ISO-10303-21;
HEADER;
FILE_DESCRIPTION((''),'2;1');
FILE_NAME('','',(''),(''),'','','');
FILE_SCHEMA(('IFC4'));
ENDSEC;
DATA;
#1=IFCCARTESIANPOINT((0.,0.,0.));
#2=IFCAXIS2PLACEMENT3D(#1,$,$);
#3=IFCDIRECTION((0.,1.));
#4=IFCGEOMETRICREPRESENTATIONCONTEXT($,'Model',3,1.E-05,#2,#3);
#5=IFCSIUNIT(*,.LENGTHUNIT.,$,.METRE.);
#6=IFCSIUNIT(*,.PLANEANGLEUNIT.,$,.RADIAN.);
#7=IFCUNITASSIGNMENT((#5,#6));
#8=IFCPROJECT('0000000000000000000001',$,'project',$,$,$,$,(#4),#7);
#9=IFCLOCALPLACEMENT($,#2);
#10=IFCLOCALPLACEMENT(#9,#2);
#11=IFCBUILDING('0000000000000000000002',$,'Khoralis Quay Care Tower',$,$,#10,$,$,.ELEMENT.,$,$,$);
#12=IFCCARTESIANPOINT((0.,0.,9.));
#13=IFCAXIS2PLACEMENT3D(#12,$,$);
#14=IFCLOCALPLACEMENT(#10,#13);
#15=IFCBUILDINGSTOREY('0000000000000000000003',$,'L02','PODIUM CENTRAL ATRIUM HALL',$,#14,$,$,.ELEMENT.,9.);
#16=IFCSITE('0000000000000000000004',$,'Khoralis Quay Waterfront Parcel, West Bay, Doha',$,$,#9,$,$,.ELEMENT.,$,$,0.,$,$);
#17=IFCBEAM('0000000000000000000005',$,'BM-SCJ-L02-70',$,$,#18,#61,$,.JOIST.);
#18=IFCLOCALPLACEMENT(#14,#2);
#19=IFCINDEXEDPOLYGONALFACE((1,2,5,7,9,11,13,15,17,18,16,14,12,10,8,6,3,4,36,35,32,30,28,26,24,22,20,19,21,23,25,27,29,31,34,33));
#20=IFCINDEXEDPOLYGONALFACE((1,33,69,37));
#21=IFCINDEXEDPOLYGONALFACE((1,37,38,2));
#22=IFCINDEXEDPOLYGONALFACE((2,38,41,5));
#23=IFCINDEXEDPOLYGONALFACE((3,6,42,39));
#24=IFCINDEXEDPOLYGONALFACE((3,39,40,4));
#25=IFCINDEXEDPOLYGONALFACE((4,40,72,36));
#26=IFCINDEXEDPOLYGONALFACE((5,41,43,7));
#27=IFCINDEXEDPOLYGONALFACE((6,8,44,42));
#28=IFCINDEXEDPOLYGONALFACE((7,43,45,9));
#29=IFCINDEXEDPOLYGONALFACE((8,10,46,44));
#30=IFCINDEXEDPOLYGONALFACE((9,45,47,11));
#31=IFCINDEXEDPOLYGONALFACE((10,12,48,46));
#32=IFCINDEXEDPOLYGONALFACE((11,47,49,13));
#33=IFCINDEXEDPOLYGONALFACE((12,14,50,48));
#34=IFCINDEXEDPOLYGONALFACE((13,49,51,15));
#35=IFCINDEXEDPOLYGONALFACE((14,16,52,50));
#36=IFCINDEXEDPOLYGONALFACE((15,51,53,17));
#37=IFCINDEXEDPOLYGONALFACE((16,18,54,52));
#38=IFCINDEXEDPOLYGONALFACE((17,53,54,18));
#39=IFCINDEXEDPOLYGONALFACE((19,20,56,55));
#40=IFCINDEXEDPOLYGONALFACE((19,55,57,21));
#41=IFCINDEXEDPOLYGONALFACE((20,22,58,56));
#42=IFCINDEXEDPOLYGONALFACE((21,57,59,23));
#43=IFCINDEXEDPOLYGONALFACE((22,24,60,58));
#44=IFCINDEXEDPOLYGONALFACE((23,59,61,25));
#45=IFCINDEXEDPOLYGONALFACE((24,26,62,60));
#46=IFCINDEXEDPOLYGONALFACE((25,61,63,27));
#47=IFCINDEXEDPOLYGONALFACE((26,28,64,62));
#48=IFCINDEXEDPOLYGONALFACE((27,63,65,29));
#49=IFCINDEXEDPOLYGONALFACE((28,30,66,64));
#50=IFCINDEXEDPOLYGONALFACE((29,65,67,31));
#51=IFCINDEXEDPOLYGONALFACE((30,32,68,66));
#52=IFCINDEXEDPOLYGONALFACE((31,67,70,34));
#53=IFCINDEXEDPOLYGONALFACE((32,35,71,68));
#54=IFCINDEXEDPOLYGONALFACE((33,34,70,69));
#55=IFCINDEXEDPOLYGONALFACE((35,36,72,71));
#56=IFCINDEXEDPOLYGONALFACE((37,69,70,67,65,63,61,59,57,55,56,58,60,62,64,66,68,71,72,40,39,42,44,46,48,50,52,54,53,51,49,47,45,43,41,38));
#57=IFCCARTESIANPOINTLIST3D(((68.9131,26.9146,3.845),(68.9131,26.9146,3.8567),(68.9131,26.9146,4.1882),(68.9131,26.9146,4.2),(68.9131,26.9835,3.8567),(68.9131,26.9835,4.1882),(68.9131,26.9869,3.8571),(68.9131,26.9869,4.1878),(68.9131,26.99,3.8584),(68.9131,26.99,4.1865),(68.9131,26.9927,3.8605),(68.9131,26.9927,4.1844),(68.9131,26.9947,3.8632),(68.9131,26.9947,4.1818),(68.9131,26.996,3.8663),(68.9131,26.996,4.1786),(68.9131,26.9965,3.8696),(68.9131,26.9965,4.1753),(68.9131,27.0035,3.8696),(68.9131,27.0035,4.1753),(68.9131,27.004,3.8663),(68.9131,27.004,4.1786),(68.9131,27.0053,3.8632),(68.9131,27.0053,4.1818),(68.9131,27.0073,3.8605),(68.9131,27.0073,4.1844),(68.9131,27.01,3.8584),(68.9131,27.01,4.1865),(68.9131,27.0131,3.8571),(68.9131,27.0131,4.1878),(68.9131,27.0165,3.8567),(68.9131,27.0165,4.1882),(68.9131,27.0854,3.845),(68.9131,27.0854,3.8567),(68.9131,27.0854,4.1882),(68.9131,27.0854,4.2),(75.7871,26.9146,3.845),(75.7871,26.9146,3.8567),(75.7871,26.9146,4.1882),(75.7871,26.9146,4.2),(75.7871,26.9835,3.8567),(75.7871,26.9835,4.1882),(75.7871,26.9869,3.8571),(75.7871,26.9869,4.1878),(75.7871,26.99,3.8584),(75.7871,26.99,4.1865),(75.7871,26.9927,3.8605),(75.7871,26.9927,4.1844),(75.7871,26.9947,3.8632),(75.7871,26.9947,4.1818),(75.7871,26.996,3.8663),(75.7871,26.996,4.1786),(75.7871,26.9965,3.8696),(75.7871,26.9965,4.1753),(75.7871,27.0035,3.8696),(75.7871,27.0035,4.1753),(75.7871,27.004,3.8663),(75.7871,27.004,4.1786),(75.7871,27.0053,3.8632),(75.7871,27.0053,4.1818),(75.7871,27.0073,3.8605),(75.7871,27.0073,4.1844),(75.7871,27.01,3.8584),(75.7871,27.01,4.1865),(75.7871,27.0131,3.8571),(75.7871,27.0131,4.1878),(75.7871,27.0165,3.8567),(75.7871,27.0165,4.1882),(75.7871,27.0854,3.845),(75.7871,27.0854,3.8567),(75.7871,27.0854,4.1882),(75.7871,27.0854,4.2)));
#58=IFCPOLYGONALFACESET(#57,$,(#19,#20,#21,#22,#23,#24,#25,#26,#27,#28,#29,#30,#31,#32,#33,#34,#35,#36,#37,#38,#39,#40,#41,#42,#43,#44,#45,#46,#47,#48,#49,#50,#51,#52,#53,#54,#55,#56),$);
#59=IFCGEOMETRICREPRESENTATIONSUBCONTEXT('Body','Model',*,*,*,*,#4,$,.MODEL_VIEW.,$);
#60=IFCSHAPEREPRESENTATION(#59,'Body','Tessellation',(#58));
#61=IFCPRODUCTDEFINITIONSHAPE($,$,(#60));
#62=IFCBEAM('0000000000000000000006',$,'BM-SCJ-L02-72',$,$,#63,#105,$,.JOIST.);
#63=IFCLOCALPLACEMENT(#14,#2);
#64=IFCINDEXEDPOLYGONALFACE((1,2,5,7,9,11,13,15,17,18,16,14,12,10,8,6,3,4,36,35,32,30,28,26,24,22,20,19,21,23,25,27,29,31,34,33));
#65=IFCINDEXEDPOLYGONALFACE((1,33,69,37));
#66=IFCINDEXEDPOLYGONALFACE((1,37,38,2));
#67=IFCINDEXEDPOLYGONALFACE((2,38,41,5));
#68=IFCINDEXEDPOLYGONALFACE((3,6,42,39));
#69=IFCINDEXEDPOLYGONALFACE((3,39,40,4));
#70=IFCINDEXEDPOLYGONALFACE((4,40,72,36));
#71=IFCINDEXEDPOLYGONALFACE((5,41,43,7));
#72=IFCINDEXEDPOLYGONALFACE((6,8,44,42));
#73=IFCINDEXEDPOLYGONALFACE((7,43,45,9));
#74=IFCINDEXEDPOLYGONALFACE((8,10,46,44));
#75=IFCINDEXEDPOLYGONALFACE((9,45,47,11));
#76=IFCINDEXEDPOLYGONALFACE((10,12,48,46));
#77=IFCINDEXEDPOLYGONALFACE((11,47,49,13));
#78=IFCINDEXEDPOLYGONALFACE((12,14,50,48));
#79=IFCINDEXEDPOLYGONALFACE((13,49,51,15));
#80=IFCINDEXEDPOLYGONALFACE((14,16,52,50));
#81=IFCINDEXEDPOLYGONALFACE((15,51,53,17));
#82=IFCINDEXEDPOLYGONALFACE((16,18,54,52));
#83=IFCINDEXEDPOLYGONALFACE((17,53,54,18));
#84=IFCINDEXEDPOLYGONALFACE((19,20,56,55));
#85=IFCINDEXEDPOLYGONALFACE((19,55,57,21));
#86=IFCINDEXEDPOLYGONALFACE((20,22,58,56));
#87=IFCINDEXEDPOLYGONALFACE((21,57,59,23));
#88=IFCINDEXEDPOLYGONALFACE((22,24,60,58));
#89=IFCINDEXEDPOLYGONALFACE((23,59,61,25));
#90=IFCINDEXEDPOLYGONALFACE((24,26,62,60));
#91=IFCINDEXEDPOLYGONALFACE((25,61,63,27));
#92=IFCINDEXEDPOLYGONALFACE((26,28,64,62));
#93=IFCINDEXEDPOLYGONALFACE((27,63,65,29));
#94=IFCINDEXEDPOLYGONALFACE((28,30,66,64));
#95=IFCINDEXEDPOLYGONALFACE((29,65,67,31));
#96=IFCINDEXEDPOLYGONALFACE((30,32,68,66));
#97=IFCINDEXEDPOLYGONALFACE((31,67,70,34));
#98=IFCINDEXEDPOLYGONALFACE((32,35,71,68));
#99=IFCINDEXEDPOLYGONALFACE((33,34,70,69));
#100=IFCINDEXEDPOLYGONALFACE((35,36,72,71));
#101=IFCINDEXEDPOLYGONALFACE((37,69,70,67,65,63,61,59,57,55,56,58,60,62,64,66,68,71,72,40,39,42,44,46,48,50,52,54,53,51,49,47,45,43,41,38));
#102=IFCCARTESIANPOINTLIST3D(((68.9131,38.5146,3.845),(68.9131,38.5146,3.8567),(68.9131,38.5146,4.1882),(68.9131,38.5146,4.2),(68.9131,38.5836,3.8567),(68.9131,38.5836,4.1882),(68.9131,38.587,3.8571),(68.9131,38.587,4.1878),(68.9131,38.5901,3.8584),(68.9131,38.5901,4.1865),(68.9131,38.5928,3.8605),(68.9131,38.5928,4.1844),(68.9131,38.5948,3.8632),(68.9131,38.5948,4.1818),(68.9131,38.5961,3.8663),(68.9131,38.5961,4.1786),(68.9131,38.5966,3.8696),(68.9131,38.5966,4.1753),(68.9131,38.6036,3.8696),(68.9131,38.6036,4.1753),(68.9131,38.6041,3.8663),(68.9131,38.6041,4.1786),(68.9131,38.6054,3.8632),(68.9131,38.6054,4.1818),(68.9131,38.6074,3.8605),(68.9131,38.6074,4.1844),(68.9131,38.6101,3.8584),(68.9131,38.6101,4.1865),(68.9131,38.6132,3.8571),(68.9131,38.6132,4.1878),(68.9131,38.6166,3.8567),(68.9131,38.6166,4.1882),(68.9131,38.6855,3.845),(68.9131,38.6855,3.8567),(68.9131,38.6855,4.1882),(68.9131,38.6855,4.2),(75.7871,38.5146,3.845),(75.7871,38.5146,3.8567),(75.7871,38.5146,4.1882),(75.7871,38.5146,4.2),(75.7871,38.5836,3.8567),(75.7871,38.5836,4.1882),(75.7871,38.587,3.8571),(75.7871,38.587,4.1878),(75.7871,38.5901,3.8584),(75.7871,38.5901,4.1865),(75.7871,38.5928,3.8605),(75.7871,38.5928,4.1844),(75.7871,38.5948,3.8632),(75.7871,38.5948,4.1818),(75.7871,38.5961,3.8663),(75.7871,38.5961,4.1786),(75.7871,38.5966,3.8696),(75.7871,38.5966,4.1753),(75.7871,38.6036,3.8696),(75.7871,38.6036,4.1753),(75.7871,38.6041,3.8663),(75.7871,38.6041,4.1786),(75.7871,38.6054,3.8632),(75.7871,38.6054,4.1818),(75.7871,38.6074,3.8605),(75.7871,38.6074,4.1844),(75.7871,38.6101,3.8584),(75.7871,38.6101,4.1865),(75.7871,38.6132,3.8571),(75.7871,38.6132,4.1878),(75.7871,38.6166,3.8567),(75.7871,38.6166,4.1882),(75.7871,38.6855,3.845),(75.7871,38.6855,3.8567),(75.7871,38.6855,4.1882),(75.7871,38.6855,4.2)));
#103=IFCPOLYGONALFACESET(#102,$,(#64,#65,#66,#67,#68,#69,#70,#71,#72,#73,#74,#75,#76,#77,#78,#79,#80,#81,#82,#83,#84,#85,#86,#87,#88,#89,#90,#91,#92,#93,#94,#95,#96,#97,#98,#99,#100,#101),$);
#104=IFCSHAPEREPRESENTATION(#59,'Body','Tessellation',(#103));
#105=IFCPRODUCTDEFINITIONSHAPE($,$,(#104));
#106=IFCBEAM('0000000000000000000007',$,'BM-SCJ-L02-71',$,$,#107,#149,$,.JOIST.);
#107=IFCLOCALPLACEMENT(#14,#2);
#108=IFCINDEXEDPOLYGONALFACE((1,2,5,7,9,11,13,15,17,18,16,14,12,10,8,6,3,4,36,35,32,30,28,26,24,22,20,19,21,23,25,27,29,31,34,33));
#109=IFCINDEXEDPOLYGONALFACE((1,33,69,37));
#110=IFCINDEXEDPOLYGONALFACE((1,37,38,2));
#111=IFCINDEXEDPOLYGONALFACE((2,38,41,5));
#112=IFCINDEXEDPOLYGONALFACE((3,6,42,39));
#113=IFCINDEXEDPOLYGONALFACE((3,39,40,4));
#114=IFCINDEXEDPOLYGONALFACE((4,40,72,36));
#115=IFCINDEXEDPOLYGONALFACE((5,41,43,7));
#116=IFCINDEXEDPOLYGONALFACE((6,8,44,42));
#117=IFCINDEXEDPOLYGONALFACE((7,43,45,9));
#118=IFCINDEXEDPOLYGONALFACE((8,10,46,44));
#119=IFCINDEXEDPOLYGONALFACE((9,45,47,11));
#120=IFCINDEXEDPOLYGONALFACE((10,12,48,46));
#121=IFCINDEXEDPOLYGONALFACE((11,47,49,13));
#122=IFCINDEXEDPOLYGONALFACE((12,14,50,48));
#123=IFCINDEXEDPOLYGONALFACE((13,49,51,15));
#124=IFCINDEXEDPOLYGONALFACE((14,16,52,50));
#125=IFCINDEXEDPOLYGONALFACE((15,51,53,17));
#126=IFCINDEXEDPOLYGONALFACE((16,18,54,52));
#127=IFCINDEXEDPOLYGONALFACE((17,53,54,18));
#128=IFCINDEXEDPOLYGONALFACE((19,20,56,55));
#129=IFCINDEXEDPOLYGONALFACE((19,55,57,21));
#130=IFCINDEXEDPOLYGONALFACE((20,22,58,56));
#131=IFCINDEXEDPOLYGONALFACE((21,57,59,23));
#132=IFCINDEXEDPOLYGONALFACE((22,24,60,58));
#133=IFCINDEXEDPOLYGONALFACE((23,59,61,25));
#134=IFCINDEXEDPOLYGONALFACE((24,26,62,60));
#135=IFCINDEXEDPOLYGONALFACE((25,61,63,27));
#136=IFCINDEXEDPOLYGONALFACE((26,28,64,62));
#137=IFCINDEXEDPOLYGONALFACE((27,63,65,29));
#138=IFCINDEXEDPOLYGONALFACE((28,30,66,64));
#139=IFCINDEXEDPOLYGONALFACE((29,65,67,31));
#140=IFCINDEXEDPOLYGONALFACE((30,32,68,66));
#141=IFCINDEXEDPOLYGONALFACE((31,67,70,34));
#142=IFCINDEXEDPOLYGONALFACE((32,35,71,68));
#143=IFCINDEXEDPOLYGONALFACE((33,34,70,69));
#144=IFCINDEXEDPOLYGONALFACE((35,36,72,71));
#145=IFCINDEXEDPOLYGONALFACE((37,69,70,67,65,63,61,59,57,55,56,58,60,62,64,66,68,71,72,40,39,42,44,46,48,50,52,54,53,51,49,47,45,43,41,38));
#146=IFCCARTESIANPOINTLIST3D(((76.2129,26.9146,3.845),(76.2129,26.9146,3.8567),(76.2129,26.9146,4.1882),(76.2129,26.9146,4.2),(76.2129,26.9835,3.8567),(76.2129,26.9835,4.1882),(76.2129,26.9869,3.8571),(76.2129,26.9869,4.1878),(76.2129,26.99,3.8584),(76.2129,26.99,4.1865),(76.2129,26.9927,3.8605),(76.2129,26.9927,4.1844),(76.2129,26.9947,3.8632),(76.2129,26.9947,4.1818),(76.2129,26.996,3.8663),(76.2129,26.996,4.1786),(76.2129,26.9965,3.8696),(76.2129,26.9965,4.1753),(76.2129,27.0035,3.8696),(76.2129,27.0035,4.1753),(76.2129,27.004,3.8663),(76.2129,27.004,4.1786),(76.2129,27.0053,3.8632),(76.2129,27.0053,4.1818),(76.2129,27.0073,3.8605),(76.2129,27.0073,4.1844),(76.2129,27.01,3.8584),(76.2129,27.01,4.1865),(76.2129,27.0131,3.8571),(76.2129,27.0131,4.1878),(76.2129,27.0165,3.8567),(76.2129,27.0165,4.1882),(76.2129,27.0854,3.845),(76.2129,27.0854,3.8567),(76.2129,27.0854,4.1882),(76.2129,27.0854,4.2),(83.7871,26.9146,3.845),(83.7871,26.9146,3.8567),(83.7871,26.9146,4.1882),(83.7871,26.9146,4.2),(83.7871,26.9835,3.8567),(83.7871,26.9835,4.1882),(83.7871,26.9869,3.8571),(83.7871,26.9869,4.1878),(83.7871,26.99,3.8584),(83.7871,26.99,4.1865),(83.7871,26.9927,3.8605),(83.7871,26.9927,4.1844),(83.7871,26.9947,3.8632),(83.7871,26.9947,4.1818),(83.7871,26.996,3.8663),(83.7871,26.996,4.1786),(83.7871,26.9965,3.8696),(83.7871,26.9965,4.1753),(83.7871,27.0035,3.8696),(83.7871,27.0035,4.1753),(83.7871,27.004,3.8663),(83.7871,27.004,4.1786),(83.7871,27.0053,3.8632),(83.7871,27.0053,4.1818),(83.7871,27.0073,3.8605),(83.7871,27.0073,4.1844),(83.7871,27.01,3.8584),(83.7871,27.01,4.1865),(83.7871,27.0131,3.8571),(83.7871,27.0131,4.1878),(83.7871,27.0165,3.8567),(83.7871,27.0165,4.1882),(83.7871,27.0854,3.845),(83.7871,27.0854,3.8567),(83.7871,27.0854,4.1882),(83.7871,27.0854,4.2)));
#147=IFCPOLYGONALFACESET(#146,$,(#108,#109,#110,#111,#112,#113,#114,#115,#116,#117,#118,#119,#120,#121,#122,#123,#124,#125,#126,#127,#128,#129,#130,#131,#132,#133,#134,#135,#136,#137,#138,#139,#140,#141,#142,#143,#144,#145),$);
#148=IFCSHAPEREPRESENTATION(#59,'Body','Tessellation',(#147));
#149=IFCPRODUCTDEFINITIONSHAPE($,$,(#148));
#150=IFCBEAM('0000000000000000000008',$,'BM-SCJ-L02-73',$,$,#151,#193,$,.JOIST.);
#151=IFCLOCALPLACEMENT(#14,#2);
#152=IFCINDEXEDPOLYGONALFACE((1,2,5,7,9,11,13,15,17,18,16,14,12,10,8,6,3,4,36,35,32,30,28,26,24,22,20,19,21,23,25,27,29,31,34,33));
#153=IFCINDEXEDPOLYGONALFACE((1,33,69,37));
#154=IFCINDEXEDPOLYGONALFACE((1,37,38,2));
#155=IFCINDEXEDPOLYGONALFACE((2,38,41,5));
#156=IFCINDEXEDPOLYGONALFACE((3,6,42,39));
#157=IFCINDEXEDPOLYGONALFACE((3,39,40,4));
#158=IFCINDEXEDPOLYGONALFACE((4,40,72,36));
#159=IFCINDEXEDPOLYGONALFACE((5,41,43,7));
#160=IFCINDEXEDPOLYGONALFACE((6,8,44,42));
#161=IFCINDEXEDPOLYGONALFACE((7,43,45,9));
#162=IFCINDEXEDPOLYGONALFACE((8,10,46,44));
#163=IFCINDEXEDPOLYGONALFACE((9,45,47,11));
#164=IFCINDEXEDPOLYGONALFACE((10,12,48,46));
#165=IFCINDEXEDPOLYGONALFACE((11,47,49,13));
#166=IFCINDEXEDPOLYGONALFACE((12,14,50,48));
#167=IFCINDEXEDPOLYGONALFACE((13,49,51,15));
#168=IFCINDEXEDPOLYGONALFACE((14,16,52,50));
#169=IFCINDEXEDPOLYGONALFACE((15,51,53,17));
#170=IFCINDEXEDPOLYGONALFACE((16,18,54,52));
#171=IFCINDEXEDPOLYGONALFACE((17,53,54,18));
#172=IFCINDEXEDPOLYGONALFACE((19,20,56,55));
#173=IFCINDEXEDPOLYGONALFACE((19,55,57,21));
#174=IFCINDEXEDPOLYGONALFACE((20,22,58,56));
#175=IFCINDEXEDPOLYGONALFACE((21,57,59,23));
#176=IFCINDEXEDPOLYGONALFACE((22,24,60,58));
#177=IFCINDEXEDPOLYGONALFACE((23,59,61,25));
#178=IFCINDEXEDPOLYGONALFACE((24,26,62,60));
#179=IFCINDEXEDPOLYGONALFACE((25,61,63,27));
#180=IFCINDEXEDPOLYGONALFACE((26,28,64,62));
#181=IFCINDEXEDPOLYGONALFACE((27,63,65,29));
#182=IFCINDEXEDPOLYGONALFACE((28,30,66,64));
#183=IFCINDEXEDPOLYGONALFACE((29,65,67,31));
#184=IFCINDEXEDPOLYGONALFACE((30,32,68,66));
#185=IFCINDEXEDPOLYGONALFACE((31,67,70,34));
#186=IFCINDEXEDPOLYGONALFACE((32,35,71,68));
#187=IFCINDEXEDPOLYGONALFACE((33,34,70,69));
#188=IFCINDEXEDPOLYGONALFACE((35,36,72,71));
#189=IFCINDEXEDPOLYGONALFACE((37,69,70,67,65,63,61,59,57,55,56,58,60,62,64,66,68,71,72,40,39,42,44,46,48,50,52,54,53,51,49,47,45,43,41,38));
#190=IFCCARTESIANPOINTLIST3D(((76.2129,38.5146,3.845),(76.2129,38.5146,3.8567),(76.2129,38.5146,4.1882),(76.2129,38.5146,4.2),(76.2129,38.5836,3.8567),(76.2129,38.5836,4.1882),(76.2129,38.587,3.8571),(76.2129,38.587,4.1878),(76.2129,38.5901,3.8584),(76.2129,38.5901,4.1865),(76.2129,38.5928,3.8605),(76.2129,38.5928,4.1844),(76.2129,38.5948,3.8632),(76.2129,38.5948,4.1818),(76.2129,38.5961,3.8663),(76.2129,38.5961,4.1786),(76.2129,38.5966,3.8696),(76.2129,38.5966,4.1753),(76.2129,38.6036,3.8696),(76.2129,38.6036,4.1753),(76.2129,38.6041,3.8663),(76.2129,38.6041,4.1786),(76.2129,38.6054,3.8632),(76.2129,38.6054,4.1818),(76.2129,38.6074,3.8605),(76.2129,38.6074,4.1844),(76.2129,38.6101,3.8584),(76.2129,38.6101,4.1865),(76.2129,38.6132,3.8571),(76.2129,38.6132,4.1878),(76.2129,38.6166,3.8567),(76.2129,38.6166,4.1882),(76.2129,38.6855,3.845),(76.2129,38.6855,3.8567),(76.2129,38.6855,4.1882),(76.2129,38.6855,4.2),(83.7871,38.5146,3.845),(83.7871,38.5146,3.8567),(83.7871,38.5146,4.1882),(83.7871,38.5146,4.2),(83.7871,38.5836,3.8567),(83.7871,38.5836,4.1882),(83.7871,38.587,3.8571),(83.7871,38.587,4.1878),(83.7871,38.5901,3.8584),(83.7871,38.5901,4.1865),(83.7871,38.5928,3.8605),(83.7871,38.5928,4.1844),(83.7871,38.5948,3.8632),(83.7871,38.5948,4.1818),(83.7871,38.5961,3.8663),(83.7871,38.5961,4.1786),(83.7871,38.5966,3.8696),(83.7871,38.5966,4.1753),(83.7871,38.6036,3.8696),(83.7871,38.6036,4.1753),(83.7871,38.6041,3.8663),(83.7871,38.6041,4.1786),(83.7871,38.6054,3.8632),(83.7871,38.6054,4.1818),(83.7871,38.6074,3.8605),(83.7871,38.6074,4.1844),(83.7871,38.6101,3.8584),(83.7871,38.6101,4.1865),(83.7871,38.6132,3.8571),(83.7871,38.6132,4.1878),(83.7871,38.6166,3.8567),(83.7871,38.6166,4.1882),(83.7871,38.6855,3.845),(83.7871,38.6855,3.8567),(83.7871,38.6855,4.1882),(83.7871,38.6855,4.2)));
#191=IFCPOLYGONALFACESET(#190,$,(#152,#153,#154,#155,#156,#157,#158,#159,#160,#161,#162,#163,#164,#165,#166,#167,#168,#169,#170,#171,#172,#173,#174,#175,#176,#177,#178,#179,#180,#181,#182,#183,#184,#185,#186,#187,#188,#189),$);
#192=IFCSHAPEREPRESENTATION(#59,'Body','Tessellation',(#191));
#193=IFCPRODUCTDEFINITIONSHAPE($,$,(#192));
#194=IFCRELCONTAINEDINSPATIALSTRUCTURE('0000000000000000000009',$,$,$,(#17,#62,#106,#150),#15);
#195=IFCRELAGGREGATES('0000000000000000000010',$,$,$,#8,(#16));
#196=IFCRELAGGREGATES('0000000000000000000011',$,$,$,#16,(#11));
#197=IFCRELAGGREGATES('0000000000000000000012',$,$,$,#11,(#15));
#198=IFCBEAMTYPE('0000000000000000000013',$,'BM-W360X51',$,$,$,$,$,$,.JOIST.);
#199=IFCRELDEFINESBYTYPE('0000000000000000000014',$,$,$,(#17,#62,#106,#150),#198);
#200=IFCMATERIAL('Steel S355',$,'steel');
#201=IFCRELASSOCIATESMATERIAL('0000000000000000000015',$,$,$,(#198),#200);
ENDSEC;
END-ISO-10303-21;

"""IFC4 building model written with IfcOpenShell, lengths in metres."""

from ifc_helpers import new_model, si_unit, direction, frame, origin, origin_2d, place, context, subcontext, project, spatial, i_section, extrude, source, transform, mapped, material, material_profile, profile_set, type_object, element, save


model = new_model("IFC4")

# Units and contexts
model_context = context("Model", 3, precision=1e-05, world=origin(), true_north=direction((0.0, 1.0)))
body_context = subcontext(model_context, "Body", "Model", "MODEL_VIEW")
ifc_project = project(units=[si_unit("LENGTHUNIT", "METRE"), si_unit("PLANEANGLEUNIT", "RADIAN")], contexts=[model_context])

# Site, building, storey
site_placement = place(None, origin())
site = spatial("IfcSite", under=ifc_project, at=site_placement, Name="Khoralis Quay Waterfront Parcel, West Bay, Doha", CompositionType="ELEMENT", RefElevation=0.0)
building_placement = place(site_placement, origin())
building = spatial("IfcBuilding", under=site, at=building_placement, Name="Khoralis Quay Care Tower", CompositionType="ELEMENT")
storey_placement = place(building_placement, frame((0.0, 0.0, 9.0)))
storey = spatial("IfcBuildingStorey", under=building, at=storey_placement, Name="L02", Description="PODIUM CENTRAL ATRIUM HALL", CompositionType="ELEMENT", Elevation=9.0)

# Beams
ifc_material_1 = material(Name="Steel S355", Category="steel")
ifc_material_profile_1 = material_profile(ifc_material_1, i_section(OverallWidth=0.1709, OverallDepth=0.355, WebThickness=0.0071, FlangeThickness=0.0117, FilletRadius=0.0129, at=origin_2d()), Name="Steel S355")
ifc_profile_set_1 = profile_set([ifc_material_profile_1], Name="Steel S355")
beam_type_1 = type_object("IfcBeamType", Name="BM-W360X51", PredefinedType="JOIST", material=ifc_profile_set_1)
shared_shape_1 = source(origin(), body_context, "Body", "SweptSolid", [
    extrude(i_section(OverallWidth=0.1709, OverallDepth=0.355, WebThickness=0.0071, FlangeThickness=0.0117, FilletRadius=0.0129, at=origin_2d()), origin(), (0.0, 0.0, 1.0), 6.874),
])
for number, where, z_axis, x_axis, name in (
    (1, (68.9131, 27.0, 4.0225), (1.0, 0.0, 0.0), (0.0, 1.0, 0.0), "BM-SCJ-L02-70"),
    (2, (68.9131, 38.6001, 4.0225), (1.0, 0.0, 0.0), (0.0, 1.0, 0.0), "BM-SCJ-L02-72"),
):
    element("IfcBeam", number, at=place(storey_placement, frame(where, z_axis=z_axis, x_axis=x_axis)), inside=storey, type_object=beam_type_1, Name=name, PredefinedType="JOIST", context=body_context, shape_type="MappedRepresentation", body=[
        mapped(shared_shape_1, transform((0.0, 0.0, 0.0), scale=1.0)),
    ])
shared_shape_2 = source(origin(), body_context, "Body", "SweptSolid", [
    extrude(i_section(OverallWidth=0.1709, OverallDepth=0.355, WebThickness=0.0071, FlangeThickness=0.0117, FilletRadius=0.0129, at=origin_2d()), origin(), (0.0, 0.0, 1.0), 7.5742),
])
for number, where, z_axis, x_axis, name in (
    (3, (76.2129, 27.0, 4.0225), (1.0, 0.0, 0.0), (0.0, 1.0, 0.0), "BM-SCJ-L02-71"),
    (4, (76.2129, 38.6001, 4.0225), (1.0, 0.0, 0.0), (0.0, 1.0, 0.0), "BM-SCJ-L02-73"),
):
    element("IfcBeam", number, at=place(storey_placement, frame(where, z_axis=z_axis, x_axis=x_axis)), inside=storey, type_object=beam_type_1, Name=name, PredefinedType="JOIST", context=body_context, shape_type="MappedRepresentation", body=[
        mapped(shared_shape_2, transform((0.0, 0.0, 0.0), scale=1.0)),
    ])

save(model, "model.ifc")
